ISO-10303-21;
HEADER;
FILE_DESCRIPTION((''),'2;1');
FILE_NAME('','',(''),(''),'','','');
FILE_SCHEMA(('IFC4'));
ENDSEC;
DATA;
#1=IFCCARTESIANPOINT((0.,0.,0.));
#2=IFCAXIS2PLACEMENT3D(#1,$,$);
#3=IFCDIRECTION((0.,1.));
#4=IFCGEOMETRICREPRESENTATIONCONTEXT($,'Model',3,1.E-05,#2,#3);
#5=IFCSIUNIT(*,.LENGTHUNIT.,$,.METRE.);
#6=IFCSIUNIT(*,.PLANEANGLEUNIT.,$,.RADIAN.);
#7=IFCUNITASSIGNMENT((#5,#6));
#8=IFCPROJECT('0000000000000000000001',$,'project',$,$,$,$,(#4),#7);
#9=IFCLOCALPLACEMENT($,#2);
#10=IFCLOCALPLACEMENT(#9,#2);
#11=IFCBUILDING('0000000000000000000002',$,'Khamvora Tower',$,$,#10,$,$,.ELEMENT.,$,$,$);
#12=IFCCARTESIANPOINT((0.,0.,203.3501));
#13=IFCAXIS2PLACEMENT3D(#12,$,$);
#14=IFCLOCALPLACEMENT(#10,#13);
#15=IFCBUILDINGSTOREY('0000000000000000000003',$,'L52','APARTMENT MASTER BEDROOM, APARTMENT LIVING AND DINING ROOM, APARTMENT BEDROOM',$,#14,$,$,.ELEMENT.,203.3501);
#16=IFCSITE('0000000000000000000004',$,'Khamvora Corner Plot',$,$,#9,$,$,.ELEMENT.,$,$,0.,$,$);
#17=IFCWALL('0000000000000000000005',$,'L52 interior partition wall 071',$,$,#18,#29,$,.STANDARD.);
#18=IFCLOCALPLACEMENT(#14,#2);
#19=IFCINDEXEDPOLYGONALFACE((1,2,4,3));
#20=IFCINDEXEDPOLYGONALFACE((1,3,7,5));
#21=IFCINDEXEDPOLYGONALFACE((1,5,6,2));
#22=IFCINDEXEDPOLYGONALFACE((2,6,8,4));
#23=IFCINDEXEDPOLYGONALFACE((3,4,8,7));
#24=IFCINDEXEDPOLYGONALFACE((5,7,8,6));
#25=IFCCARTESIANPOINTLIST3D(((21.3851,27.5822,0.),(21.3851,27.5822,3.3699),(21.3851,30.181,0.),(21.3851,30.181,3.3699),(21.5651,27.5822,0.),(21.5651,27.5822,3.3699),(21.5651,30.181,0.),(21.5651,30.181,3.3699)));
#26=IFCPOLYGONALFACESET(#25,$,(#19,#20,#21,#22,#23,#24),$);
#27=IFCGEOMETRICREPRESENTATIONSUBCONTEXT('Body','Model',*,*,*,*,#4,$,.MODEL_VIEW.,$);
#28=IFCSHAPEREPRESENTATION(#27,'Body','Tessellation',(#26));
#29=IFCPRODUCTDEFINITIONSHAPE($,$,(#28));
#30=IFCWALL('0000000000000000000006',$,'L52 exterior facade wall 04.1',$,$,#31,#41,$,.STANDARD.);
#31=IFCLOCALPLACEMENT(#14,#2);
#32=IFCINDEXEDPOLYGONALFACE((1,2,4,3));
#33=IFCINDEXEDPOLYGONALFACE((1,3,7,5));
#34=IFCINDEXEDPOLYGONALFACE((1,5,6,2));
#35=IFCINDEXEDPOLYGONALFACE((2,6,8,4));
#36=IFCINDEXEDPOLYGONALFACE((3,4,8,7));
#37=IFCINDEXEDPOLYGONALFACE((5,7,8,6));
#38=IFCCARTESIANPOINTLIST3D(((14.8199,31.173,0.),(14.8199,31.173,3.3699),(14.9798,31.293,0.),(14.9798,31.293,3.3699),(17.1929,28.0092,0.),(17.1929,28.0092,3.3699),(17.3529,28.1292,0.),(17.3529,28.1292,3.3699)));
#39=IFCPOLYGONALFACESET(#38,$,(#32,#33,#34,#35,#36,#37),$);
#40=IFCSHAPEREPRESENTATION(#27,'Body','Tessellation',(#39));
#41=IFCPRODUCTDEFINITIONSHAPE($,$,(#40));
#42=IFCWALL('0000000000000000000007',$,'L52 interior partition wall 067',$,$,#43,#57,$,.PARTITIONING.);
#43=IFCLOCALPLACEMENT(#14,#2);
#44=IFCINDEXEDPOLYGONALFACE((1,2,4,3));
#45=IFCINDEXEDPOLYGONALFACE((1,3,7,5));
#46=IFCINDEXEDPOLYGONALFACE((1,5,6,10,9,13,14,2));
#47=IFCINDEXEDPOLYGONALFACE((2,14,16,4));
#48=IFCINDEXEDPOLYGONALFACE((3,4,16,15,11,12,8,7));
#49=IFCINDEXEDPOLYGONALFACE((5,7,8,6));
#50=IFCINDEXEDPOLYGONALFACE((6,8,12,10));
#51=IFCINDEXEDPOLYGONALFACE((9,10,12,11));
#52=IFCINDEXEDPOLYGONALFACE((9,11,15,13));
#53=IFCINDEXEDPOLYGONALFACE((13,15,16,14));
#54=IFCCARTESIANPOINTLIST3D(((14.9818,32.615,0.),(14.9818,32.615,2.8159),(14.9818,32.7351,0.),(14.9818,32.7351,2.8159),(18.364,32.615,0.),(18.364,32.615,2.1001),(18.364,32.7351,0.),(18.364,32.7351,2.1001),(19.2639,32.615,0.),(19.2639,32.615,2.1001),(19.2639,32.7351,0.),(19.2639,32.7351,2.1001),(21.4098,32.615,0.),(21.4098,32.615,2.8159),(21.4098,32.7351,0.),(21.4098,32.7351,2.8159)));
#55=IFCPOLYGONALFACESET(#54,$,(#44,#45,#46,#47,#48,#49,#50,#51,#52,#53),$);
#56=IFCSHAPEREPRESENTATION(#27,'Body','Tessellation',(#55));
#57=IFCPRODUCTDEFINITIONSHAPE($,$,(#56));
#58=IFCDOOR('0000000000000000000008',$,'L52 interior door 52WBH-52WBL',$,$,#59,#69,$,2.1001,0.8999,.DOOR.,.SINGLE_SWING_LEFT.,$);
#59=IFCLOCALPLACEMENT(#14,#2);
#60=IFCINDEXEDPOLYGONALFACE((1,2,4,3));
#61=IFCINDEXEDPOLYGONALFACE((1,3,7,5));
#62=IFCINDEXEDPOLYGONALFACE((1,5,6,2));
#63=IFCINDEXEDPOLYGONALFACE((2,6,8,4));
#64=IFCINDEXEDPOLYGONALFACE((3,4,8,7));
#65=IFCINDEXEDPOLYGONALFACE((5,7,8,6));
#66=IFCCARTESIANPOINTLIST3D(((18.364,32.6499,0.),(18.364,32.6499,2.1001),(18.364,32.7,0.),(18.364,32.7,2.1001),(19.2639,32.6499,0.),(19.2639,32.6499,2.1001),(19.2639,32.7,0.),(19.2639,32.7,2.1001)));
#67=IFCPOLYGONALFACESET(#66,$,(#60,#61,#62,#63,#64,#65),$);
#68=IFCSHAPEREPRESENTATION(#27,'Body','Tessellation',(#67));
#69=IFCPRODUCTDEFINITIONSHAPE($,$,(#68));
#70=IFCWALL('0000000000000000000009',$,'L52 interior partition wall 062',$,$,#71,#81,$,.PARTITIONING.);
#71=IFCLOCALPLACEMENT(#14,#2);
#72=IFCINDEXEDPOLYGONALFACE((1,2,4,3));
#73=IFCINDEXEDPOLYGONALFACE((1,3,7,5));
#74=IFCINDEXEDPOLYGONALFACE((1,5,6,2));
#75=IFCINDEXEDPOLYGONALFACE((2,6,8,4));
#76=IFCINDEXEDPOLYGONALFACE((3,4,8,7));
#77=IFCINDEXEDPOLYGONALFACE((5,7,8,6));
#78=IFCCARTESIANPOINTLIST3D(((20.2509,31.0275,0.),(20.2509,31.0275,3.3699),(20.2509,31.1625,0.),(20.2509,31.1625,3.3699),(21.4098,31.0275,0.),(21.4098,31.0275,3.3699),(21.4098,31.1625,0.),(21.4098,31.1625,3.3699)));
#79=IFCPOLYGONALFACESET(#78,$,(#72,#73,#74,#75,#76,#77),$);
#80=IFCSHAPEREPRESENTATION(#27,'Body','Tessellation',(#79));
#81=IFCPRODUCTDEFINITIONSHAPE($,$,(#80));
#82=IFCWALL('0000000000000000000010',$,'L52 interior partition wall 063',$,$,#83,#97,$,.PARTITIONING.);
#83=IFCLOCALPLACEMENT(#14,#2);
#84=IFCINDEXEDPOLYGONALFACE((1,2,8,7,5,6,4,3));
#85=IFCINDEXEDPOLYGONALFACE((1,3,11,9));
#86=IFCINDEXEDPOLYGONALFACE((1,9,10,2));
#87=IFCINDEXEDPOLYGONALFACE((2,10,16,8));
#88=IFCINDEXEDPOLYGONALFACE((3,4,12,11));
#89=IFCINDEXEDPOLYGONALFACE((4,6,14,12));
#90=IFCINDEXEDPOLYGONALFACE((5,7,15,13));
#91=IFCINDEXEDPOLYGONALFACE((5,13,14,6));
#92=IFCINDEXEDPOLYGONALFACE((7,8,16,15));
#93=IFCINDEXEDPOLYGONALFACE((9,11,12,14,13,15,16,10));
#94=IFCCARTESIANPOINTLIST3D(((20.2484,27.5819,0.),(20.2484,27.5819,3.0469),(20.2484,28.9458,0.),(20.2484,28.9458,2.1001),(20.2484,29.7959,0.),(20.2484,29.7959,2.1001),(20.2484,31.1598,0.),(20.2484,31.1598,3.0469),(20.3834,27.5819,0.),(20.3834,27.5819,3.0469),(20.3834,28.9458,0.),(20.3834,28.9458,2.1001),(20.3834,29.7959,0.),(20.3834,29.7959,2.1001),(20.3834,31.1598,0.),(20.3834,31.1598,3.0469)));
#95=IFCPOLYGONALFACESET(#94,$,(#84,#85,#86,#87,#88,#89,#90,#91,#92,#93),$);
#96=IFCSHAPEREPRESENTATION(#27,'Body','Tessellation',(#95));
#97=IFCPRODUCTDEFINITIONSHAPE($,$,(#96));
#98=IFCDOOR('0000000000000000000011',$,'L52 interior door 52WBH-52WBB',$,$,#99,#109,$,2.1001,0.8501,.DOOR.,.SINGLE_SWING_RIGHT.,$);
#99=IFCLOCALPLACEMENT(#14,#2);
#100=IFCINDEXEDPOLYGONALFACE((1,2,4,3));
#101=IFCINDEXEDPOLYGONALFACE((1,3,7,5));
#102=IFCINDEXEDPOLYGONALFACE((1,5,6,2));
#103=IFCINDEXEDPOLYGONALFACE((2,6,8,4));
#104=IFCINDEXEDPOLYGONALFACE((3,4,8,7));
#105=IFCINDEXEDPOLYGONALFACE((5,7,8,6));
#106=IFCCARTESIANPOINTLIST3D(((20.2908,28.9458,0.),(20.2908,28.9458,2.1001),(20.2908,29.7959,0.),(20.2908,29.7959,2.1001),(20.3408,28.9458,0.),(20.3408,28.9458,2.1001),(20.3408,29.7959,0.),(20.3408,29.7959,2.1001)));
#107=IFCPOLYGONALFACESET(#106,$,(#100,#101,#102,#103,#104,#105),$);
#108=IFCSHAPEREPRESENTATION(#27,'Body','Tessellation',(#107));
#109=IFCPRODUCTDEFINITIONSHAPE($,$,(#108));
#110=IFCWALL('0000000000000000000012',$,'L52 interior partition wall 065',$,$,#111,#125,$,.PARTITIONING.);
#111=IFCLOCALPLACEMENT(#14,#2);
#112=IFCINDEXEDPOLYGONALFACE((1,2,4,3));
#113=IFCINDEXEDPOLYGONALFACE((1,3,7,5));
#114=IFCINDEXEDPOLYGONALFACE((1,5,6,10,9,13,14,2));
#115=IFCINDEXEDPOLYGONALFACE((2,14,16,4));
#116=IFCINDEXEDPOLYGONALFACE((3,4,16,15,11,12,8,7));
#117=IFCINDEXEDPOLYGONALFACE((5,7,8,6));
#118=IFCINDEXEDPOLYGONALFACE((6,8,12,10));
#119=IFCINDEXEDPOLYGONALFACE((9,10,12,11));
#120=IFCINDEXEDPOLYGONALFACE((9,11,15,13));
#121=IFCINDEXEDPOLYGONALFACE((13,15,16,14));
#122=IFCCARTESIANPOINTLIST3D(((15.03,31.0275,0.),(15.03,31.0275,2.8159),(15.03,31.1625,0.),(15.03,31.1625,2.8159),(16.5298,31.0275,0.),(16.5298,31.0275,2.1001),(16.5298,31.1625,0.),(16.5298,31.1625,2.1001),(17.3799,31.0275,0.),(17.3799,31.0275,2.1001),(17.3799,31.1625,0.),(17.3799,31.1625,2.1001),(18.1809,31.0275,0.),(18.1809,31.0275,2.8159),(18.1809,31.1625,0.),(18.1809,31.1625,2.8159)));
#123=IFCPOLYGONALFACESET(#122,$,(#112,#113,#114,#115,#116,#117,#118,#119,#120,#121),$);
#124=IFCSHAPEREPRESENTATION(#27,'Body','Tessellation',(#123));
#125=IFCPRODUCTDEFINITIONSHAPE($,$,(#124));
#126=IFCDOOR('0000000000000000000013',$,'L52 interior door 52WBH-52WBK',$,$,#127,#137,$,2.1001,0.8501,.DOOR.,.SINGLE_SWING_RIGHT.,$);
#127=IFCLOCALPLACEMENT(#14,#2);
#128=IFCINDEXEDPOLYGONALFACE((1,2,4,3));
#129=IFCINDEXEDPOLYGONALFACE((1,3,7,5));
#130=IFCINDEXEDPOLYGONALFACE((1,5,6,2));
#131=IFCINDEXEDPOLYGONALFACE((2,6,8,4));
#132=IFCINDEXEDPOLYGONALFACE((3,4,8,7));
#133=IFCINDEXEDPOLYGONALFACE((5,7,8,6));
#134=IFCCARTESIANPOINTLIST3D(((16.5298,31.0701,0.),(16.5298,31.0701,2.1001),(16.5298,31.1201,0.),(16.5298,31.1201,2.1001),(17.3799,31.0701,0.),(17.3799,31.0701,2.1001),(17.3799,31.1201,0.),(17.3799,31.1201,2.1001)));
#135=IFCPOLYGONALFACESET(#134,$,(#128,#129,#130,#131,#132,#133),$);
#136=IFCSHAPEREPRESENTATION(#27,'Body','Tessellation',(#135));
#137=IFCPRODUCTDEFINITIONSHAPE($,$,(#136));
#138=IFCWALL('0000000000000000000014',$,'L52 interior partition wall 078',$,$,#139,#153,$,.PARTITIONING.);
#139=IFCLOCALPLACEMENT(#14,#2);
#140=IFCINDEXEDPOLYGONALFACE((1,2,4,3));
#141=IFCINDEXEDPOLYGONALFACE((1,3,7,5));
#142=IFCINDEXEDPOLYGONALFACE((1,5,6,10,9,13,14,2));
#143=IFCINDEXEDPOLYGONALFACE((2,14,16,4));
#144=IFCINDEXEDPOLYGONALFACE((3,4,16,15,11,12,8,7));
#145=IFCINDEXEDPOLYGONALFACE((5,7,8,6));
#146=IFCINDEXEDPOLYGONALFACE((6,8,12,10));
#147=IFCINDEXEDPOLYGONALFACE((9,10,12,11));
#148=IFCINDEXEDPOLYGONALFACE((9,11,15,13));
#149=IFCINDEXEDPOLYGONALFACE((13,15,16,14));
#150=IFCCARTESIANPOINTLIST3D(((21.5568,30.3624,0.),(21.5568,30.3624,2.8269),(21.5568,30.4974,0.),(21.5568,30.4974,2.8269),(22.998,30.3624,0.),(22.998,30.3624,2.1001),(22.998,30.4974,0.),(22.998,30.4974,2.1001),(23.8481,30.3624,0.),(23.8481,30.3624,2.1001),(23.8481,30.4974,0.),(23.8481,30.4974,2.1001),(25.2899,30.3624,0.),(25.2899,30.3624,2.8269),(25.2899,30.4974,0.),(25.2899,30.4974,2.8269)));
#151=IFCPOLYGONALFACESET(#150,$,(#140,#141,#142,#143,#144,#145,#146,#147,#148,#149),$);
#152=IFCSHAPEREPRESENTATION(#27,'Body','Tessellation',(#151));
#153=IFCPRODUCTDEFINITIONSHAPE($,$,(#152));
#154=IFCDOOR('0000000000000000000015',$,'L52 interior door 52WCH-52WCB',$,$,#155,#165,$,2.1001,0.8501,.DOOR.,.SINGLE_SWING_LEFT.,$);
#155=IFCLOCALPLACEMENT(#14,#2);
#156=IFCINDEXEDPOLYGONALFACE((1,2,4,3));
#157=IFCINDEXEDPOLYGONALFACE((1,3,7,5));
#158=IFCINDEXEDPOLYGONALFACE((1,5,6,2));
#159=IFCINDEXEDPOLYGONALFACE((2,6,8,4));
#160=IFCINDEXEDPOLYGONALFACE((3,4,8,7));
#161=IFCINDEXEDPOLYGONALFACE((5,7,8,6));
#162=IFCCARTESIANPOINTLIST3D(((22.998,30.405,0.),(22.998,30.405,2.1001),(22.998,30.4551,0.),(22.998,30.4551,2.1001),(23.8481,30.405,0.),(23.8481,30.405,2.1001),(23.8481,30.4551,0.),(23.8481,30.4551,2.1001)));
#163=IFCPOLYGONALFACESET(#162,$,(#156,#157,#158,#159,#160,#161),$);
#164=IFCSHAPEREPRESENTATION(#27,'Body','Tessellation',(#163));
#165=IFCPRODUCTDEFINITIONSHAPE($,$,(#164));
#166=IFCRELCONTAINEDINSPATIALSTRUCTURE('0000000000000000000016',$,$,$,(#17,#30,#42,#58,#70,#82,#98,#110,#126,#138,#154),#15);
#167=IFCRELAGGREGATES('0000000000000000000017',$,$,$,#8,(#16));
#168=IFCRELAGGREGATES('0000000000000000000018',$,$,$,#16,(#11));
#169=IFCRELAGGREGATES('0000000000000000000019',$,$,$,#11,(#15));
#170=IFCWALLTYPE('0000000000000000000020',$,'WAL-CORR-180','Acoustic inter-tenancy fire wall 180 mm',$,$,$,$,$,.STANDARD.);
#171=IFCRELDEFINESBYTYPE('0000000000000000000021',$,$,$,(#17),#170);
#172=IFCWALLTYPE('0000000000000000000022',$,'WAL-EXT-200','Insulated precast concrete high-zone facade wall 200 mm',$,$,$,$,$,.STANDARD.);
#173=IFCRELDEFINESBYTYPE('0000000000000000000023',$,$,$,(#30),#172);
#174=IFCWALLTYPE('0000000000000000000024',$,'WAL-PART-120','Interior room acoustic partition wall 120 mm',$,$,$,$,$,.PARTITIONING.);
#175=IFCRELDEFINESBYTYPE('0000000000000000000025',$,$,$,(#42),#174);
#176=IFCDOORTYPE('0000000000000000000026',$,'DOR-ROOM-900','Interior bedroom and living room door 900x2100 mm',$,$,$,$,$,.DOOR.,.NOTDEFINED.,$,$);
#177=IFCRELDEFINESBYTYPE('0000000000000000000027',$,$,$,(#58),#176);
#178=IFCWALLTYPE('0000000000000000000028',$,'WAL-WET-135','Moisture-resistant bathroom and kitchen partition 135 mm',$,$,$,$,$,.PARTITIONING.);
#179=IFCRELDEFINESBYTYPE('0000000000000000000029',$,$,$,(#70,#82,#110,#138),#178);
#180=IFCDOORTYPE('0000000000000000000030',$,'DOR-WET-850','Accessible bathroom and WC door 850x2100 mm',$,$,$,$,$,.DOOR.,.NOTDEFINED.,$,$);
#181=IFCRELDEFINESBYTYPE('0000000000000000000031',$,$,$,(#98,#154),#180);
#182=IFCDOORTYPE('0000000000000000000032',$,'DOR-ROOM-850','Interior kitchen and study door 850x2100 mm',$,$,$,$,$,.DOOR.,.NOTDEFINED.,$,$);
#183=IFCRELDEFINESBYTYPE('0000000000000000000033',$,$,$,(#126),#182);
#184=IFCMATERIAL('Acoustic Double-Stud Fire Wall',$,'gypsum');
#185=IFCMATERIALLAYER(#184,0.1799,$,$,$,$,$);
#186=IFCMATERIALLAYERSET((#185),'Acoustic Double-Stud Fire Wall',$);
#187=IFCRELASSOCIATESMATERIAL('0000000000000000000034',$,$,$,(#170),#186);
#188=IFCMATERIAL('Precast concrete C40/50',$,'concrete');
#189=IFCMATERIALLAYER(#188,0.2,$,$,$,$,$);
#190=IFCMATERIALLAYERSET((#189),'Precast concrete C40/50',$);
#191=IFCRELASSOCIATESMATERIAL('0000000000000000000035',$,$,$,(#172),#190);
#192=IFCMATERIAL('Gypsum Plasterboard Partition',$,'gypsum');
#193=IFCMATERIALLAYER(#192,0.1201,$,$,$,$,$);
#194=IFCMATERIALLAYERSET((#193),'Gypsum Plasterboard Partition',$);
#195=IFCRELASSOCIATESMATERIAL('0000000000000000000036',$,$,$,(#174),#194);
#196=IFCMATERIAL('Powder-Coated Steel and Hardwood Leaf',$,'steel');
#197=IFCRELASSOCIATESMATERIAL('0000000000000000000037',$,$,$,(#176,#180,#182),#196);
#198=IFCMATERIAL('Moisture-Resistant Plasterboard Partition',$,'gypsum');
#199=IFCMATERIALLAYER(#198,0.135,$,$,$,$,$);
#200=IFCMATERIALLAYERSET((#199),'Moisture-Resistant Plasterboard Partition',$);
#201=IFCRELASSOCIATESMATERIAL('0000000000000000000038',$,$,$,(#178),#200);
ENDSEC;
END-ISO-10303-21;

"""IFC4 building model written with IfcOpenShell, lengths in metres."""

from ifc_helpers import new_model, si_unit, direction, frame, frame_2d, origin, place, context, subcontext, project, spatial, rectangle, extrude, material, layer, layer_set, type_object, element, fill, save


model = new_model("IFC4")

# Units and contexts
model_context = context("Model", 3, precision=1e-05, world=origin(), true_north=direction((0.0, 1.0)))
body_context = subcontext(model_context, "Body", "Model", "MODEL_VIEW")
ifc_project = project(units=[si_unit("LENGTHUNIT", "METRE"), si_unit("PLANEANGLEUNIT", "RADIAN")], contexts=[model_context])

# Site, building, storey
site_placement = place(None, origin())
site = spatial("IfcSite", under=ifc_project, at=site_placement, Name="Khamvora Corner Plot", CompositionType="ELEMENT", RefElevation=0.0)
building_placement = place(site_placement, origin())
building = spatial("IfcBuilding", under=site, at=building_placement, Name="Khamvora Tower", CompositionType="ELEMENT")
storey_placement = place(building_placement, frame((0.0, 0.0, 203.3501)))
storey = spatial("IfcBuildingStorey", under=building, at=storey_placement, Name="L52", Description="APARTMENT MASTER BEDROOM, APARTMENT LIVING AND DINING ROOM, APARTMENT BEDROOM", CompositionType="ELEMENT", Elevation=203.3501)

# Walls
ifc_material_1 = material(Name="Acoustic Double-Stud Fire Wall", Category="gypsum")
ifc_layer_1 = layer(ifc_material_1, 0.1799)
ifc_layer_set_1 = layer_set([ifc_layer_1], Name="Acoustic Double-Stud Fire Wall")
wall_type_1 = type_object("IfcWallType", Name="WAL-CORR-180", Description="Acoustic inter-tenancy fire wall 180 mm", PredefinedType="STANDARD", material=ifc_layer_set_1)
wall_1_placement = place(storey_placement, frame((21.4751, 30.1809, 0.0), z_axis=(0.0, 0.0, 1.0), x_axis=(0.0, -1.0, 0.0)))
element("IfcWall", 1, at=wall_1_placement, inside=storey, type_object=wall_type_1, Name="L52 interior partition wall 071", PredefinedType="STANDARD", context=body_context, shape_type="SweptSolid", body=[
    extrude(rectangle(XDim=2.5989, YDim=0.1799, at=frame_2d((1.2993, 0.0))), origin(), (0.0, 0.0, 1.0), 3.3699),
])
ifc_material_2 = material(Name="Precast concrete C40/50", Category="concrete")
ifc_layer_2 = layer(ifc_material_2, 0.2)
ifc_layer_set_2 = layer_set([ifc_layer_2], Name="Precast concrete C40/50")
wall_type_2 = type_object("IfcWallType", Name="WAL-EXT-200", Description="Insulated precast concrete high-zone facade wall 200 mm", PredefinedType="STANDARD", material=ifc_layer_set_2)
wall_2_placement = place(storey_placement, frame((17.2729, 28.0691, 0.0), z_axis=(0.0, 0.0, 1.0), x_axis=(-0.60003, 0.799978, 0.0)))
element("IfcWall", 2, at=wall_2_placement, inside=storey, type_object=wall_type_2, Name="L52 exterior facade wall 04.1", PredefinedType="STANDARD", context=body_context, shape_type="SweptSolid", body=[
    extrude(rectangle(XDim=3.9548, YDim=0.2, at=frame_2d((1.9775, 0.0))), origin(), (0.0, 0.0, 1.0), 3.3699),
])

# Wall, opening, door
ifc_material_3 = material(Name="Gypsum Plasterboard Partition", Category="gypsum")
ifc_layer_3 = layer(ifc_material_3, 0.1201)
ifc_layer_set_3 = layer_set([ifc_layer_3], Name="Gypsum Plasterboard Partition")
wall_type_3 = type_object("IfcWallType", Name="WAL-PART-120", Description="Interior room acoustic partition wall 120 mm", PredefinedType="PARTITIONING", material=ifc_layer_set_3)
wall_3_placement = place(storey_placement, frame((14.9819, 32.675, 0.0), z_axis=(0.0, 0.0, 1.0), x_axis=(1.0, 0.0, 0.0)))
wall_3 = element("IfcWall", 3, at=wall_3_placement, inside=storey, type_object=wall_type_3, Name="L52 interior partition wall 067", PredefinedType="PARTITIONING", context=body_context, shape_type="SweptSolid", body=[
    extrude(rectangle(XDim=6.428, YDim=0.1201, at=frame_2d((3.2139, 0.0))), origin(), (0.0, 0.0, 1.0), 2.8159),
])
opening_1_placement = place(wall_3_placement, frame((3.3821, 0.0, 0.0)))
opening_1 = element("IfcOpeningElement", 4, at=opening_1_placement, cuts=wall_3, PredefinedType="OPENING", context=body_context, shape_type="SweptSolid", body=[
    extrude(rectangle(XDim=0.8999, YDim=2.1001, at=frame_2d((0.45, 1.05))), frame((0.0, 0.0701, 0.0), z_axis=(0.0, -1.0, 0.0), x_axis=(1.0, 0.0, 0.0)), (0.0, 0.0, 1.0), 0.1401),
])
ifc_material_4 = material(Name="Powder-Coated Steel and Hardwood Leaf", Category="steel")
door_type_1 = type_object("IfcDoorType", Name="DOR-ROOM-900", Description="Interior bedroom and living room door 900x2100 mm", OperationType="NOTDEFINED", PredefinedType="DOOR", material=ifc_material_4)
door_1_placement = place(opening_1_placement, origin())
door_1 = element("IfcDoor", 5, at=door_1_placement, inside=storey, type_object=door_type_1, Name="L52 interior door 52WBH-52WBL", OperationType="SINGLE_SWING_LEFT", OverallHeight=2.1001, OverallWidth=0.8999, PredefinedType="DOOR", context=body_context, shape_type="SweptSolid", body=[
    extrude(rectangle(XDim=0.8999, YDim=2.1001, at=frame_2d((0.45, 1.05))), frame((0.0, 0.0249, 0.0), z_axis=(0.0, -1.0, 0.0), x_axis=(1.0, 0.0, 0.0)), (0.0, 0.0, 1.0), 0.05),
])
fill(opening_1, door_1)

# Wall
ifc_material_5 = material(Name="Moisture-Resistant Plasterboard Partition", Category="gypsum")
ifc_layer_4 = layer(ifc_material_5, 0.135)
ifc_layer_set_4 = layer_set([ifc_layer_4], Name="Moisture-Resistant Plasterboard Partition")
wall_type_4 = type_object("IfcWallType", Name="WAL-WET-135", Description="Moisture-resistant bathroom and kitchen partition 135 mm", PredefinedType="PARTITIONING", material=ifc_layer_set_4)
wall_4_placement = place(storey_placement, frame((21.4099, 31.095, 0.0), z_axis=(0.0, 0.0, 1.0), x_axis=(-1.0, 0.0, 0.0)))
element("IfcWall", 6, at=wall_4_placement, inside=storey, type_object=wall_type_4, Name="L52 interior partition wall 062", PredefinedType="PARTITIONING", context=body_context, shape_type="SweptSolid", body=[
    extrude(rectangle(XDim=1.1589, YDim=0.135, at=frame_2d((0.5796, 0.0))), origin(), (0.0, 0.0, 1.0), 3.3699),
])

# Walls, openings, doors
wall_5_placement = place(storey_placement, frame((20.3159, 31.1599, 0.0), z_axis=(0.0, 0.0, 1.0), x_axis=(0.0, -1.0, 0.0)))
wall_5 = element("IfcWall", 7, at=wall_5_placement, inside=storey, type_object=wall_type_4, Name="L52 interior partition wall 063", PredefinedType="PARTITIONING", context=body_context, shape_type="SweptSolid", body=[
    extrude(rectangle(XDim=3.5779, YDim=0.135, at=frame_2d((1.7891, 0.0))), origin(), (0.0, 0.0, 1.0), 3.0469),
])
opening_2_placement = place(wall_5_placement, frame((1.364, 0.0, 0.0)))
opening_2 = element("IfcOpeningElement", 8, at=opening_2_placement, cuts=wall_5, PredefinedType="OPENING", context=body_context, shape_type="SweptSolid", body=[
    extrude(rectangle(XDim=0.8501, YDim=2.1001, at=frame_2d((0.425, 1.05))), frame((0.0, 0.0774, 0.0), z_axis=(0.0, -1.0, 0.0), x_axis=(1.0, 0.0, 0.0)), (0.0, 0.0, 1.0), 0.155),
])
door_type_2 = type_object("IfcDoorType", Name="DOR-WET-850", Description="Accessible bathroom and WC door 850x2100 mm", OperationType="NOTDEFINED", PredefinedType="DOOR", material=ifc_material_4)
door_2_placement = place(opening_2_placement, origin())
door_2 = element("IfcDoor", 9, at=door_2_placement, inside=storey, type_object=door_type_2, Name="L52 interior door 52WBH-52WBB", OperationType="SINGLE_SWING_RIGHT", OverallHeight=2.1001, OverallWidth=0.8501, PredefinedType="DOOR", context=body_context, shape_type="SweptSolid", body=[
    extrude(rectangle(XDim=0.8501, YDim=2.1001, at=frame_2d((0.425, 1.05))), frame((0.0, 0.0249, 0.0), z_axis=(0.0, -1.0, 0.0), x_axis=(1.0, 0.0, 0.0)), (0.0, 0.0, 1.0), 0.05),
])
fill(opening_2, door_2)
wall_6_placement = place(storey_placement, frame((18.1809, 31.095, 0.0), z_axis=(0.0, 0.0, 1.0), x_axis=(-1.0, 0.0, 0.0)))
wall_6 = element("IfcWall", 10, at=wall_6_placement, inside=storey, type_object=wall_type_4, Name="L52 interior partition wall 065", PredefinedType="PARTITIONING", context=body_context, shape_type="SweptSolid", body=[
    extrude(rectangle(XDim=3.1509, YDim=0.135, at=frame_2d((1.5754, 0.0))), origin(), (0.0, 0.0, 1.0), 2.8159),
])
opening_3_placement = place(wall_6_placement, frame((0.801, 0.0, 0.0)))
opening_3 = element("IfcOpeningElement", 11, at=opening_3_placement, cuts=wall_6, PredefinedType="OPENING", context=body_context, shape_type="SweptSolid", body=[
    extrude(rectangle(XDim=0.8501, YDim=2.1001, at=frame_2d((0.425, 1.05))), frame((0.0, 0.0774, 0.0), z_axis=(0.0, -1.0, 0.0), x_axis=(1.0, 0.0, 0.0)), (0.0, 0.0, 1.0), 0.155),
])
door_type_3 = type_object("IfcDoorType", Name="DOR-ROOM-850", Description="Interior kitchen and study door 850x2100 mm", OperationType="NOTDEFINED", PredefinedType="DOOR", material=ifc_material_4)
door_3_placement = place(opening_3_placement, origin())
door_3 = element("IfcDoor", 12, at=door_3_placement, inside=storey, type_object=door_type_3, Name="L52 interior door 52WBH-52WBK", OperationType="SINGLE_SWING_RIGHT", OverallHeight=2.1001, OverallWidth=0.8501, PredefinedType="DOOR", context=body_context, shape_type="SweptSolid", body=[
    extrude(rectangle(XDim=0.8501, YDim=2.1001, at=frame_2d((0.425, 1.05))), frame((0.0, 0.0249, 0.0), z_axis=(0.0, -1.0, 0.0), x_axis=(1.0, 0.0, 0.0)), (0.0, 0.0, 1.0), 0.05),
])
fill(opening_3, door_3)
wall_7_placement = place(storey_placement, frame((25.29, 30.4299, 0.0), z_axis=(0.0, 0.0, 1.0), x_axis=(-1.0, 0.0, 0.0)))
wall_7 = element("IfcWall", 13, at=wall_7_placement, inside=storey, type_object=wall_type_4, Name="L52 interior partition wall 078", PredefinedType="PARTITIONING", context=body_context, shape_type="SweptSolid", body=[
    extrude(rectangle(XDim=3.7332, YDim=0.135, at=frame_2d((1.8667, 0.0))), origin(), (0.0, 0.0, 1.0), 2.8269),
])
opening_4_placement = place(wall_7_placement, frame((1.4419, 0.0, 0.0)))
opening_4 = element("IfcOpeningElement", 14, at=opening_4_placement, cuts=wall_7, PredefinedType="OPENING", context=body_context, shape_type="SweptSolid", body=[
    extrude(rectangle(XDim=0.8501, YDim=2.1001, at=frame_2d((0.425, 1.05))), frame((0.0, 0.0774, 0.0), z_axis=(0.0, -1.0, 0.0), x_axis=(1.0, 0.0, 0.0)), (0.0, 0.0, 1.0), 0.155),
])
door_4_placement = place(opening_4_placement, origin())
door_4 = element("IfcDoor", 15, at=door_4_placement, inside=storey, type_object=door_type_2, Name="L52 interior door 52WCH-52WCB", OperationType="SINGLE_SWING_LEFT", OverallHeight=2.1001, OverallWidth=0.8501, PredefinedType="DOOR", context=body_context, shape_type="SweptSolid", body=[
    extrude(rectangle(XDim=0.8501, YDim=2.1001, at=frame_2d((0.425, 1.05))), frame((0.0, 0.0249, 0.0), z_axis=(0.0, -1.0, 0.0), x_axis=(1.0, 0.0, 0.0)), (0.0, 0.0, 1.0), 0.05),
])
fill(opening_4, door_4)

save(model, "model.ifc")
